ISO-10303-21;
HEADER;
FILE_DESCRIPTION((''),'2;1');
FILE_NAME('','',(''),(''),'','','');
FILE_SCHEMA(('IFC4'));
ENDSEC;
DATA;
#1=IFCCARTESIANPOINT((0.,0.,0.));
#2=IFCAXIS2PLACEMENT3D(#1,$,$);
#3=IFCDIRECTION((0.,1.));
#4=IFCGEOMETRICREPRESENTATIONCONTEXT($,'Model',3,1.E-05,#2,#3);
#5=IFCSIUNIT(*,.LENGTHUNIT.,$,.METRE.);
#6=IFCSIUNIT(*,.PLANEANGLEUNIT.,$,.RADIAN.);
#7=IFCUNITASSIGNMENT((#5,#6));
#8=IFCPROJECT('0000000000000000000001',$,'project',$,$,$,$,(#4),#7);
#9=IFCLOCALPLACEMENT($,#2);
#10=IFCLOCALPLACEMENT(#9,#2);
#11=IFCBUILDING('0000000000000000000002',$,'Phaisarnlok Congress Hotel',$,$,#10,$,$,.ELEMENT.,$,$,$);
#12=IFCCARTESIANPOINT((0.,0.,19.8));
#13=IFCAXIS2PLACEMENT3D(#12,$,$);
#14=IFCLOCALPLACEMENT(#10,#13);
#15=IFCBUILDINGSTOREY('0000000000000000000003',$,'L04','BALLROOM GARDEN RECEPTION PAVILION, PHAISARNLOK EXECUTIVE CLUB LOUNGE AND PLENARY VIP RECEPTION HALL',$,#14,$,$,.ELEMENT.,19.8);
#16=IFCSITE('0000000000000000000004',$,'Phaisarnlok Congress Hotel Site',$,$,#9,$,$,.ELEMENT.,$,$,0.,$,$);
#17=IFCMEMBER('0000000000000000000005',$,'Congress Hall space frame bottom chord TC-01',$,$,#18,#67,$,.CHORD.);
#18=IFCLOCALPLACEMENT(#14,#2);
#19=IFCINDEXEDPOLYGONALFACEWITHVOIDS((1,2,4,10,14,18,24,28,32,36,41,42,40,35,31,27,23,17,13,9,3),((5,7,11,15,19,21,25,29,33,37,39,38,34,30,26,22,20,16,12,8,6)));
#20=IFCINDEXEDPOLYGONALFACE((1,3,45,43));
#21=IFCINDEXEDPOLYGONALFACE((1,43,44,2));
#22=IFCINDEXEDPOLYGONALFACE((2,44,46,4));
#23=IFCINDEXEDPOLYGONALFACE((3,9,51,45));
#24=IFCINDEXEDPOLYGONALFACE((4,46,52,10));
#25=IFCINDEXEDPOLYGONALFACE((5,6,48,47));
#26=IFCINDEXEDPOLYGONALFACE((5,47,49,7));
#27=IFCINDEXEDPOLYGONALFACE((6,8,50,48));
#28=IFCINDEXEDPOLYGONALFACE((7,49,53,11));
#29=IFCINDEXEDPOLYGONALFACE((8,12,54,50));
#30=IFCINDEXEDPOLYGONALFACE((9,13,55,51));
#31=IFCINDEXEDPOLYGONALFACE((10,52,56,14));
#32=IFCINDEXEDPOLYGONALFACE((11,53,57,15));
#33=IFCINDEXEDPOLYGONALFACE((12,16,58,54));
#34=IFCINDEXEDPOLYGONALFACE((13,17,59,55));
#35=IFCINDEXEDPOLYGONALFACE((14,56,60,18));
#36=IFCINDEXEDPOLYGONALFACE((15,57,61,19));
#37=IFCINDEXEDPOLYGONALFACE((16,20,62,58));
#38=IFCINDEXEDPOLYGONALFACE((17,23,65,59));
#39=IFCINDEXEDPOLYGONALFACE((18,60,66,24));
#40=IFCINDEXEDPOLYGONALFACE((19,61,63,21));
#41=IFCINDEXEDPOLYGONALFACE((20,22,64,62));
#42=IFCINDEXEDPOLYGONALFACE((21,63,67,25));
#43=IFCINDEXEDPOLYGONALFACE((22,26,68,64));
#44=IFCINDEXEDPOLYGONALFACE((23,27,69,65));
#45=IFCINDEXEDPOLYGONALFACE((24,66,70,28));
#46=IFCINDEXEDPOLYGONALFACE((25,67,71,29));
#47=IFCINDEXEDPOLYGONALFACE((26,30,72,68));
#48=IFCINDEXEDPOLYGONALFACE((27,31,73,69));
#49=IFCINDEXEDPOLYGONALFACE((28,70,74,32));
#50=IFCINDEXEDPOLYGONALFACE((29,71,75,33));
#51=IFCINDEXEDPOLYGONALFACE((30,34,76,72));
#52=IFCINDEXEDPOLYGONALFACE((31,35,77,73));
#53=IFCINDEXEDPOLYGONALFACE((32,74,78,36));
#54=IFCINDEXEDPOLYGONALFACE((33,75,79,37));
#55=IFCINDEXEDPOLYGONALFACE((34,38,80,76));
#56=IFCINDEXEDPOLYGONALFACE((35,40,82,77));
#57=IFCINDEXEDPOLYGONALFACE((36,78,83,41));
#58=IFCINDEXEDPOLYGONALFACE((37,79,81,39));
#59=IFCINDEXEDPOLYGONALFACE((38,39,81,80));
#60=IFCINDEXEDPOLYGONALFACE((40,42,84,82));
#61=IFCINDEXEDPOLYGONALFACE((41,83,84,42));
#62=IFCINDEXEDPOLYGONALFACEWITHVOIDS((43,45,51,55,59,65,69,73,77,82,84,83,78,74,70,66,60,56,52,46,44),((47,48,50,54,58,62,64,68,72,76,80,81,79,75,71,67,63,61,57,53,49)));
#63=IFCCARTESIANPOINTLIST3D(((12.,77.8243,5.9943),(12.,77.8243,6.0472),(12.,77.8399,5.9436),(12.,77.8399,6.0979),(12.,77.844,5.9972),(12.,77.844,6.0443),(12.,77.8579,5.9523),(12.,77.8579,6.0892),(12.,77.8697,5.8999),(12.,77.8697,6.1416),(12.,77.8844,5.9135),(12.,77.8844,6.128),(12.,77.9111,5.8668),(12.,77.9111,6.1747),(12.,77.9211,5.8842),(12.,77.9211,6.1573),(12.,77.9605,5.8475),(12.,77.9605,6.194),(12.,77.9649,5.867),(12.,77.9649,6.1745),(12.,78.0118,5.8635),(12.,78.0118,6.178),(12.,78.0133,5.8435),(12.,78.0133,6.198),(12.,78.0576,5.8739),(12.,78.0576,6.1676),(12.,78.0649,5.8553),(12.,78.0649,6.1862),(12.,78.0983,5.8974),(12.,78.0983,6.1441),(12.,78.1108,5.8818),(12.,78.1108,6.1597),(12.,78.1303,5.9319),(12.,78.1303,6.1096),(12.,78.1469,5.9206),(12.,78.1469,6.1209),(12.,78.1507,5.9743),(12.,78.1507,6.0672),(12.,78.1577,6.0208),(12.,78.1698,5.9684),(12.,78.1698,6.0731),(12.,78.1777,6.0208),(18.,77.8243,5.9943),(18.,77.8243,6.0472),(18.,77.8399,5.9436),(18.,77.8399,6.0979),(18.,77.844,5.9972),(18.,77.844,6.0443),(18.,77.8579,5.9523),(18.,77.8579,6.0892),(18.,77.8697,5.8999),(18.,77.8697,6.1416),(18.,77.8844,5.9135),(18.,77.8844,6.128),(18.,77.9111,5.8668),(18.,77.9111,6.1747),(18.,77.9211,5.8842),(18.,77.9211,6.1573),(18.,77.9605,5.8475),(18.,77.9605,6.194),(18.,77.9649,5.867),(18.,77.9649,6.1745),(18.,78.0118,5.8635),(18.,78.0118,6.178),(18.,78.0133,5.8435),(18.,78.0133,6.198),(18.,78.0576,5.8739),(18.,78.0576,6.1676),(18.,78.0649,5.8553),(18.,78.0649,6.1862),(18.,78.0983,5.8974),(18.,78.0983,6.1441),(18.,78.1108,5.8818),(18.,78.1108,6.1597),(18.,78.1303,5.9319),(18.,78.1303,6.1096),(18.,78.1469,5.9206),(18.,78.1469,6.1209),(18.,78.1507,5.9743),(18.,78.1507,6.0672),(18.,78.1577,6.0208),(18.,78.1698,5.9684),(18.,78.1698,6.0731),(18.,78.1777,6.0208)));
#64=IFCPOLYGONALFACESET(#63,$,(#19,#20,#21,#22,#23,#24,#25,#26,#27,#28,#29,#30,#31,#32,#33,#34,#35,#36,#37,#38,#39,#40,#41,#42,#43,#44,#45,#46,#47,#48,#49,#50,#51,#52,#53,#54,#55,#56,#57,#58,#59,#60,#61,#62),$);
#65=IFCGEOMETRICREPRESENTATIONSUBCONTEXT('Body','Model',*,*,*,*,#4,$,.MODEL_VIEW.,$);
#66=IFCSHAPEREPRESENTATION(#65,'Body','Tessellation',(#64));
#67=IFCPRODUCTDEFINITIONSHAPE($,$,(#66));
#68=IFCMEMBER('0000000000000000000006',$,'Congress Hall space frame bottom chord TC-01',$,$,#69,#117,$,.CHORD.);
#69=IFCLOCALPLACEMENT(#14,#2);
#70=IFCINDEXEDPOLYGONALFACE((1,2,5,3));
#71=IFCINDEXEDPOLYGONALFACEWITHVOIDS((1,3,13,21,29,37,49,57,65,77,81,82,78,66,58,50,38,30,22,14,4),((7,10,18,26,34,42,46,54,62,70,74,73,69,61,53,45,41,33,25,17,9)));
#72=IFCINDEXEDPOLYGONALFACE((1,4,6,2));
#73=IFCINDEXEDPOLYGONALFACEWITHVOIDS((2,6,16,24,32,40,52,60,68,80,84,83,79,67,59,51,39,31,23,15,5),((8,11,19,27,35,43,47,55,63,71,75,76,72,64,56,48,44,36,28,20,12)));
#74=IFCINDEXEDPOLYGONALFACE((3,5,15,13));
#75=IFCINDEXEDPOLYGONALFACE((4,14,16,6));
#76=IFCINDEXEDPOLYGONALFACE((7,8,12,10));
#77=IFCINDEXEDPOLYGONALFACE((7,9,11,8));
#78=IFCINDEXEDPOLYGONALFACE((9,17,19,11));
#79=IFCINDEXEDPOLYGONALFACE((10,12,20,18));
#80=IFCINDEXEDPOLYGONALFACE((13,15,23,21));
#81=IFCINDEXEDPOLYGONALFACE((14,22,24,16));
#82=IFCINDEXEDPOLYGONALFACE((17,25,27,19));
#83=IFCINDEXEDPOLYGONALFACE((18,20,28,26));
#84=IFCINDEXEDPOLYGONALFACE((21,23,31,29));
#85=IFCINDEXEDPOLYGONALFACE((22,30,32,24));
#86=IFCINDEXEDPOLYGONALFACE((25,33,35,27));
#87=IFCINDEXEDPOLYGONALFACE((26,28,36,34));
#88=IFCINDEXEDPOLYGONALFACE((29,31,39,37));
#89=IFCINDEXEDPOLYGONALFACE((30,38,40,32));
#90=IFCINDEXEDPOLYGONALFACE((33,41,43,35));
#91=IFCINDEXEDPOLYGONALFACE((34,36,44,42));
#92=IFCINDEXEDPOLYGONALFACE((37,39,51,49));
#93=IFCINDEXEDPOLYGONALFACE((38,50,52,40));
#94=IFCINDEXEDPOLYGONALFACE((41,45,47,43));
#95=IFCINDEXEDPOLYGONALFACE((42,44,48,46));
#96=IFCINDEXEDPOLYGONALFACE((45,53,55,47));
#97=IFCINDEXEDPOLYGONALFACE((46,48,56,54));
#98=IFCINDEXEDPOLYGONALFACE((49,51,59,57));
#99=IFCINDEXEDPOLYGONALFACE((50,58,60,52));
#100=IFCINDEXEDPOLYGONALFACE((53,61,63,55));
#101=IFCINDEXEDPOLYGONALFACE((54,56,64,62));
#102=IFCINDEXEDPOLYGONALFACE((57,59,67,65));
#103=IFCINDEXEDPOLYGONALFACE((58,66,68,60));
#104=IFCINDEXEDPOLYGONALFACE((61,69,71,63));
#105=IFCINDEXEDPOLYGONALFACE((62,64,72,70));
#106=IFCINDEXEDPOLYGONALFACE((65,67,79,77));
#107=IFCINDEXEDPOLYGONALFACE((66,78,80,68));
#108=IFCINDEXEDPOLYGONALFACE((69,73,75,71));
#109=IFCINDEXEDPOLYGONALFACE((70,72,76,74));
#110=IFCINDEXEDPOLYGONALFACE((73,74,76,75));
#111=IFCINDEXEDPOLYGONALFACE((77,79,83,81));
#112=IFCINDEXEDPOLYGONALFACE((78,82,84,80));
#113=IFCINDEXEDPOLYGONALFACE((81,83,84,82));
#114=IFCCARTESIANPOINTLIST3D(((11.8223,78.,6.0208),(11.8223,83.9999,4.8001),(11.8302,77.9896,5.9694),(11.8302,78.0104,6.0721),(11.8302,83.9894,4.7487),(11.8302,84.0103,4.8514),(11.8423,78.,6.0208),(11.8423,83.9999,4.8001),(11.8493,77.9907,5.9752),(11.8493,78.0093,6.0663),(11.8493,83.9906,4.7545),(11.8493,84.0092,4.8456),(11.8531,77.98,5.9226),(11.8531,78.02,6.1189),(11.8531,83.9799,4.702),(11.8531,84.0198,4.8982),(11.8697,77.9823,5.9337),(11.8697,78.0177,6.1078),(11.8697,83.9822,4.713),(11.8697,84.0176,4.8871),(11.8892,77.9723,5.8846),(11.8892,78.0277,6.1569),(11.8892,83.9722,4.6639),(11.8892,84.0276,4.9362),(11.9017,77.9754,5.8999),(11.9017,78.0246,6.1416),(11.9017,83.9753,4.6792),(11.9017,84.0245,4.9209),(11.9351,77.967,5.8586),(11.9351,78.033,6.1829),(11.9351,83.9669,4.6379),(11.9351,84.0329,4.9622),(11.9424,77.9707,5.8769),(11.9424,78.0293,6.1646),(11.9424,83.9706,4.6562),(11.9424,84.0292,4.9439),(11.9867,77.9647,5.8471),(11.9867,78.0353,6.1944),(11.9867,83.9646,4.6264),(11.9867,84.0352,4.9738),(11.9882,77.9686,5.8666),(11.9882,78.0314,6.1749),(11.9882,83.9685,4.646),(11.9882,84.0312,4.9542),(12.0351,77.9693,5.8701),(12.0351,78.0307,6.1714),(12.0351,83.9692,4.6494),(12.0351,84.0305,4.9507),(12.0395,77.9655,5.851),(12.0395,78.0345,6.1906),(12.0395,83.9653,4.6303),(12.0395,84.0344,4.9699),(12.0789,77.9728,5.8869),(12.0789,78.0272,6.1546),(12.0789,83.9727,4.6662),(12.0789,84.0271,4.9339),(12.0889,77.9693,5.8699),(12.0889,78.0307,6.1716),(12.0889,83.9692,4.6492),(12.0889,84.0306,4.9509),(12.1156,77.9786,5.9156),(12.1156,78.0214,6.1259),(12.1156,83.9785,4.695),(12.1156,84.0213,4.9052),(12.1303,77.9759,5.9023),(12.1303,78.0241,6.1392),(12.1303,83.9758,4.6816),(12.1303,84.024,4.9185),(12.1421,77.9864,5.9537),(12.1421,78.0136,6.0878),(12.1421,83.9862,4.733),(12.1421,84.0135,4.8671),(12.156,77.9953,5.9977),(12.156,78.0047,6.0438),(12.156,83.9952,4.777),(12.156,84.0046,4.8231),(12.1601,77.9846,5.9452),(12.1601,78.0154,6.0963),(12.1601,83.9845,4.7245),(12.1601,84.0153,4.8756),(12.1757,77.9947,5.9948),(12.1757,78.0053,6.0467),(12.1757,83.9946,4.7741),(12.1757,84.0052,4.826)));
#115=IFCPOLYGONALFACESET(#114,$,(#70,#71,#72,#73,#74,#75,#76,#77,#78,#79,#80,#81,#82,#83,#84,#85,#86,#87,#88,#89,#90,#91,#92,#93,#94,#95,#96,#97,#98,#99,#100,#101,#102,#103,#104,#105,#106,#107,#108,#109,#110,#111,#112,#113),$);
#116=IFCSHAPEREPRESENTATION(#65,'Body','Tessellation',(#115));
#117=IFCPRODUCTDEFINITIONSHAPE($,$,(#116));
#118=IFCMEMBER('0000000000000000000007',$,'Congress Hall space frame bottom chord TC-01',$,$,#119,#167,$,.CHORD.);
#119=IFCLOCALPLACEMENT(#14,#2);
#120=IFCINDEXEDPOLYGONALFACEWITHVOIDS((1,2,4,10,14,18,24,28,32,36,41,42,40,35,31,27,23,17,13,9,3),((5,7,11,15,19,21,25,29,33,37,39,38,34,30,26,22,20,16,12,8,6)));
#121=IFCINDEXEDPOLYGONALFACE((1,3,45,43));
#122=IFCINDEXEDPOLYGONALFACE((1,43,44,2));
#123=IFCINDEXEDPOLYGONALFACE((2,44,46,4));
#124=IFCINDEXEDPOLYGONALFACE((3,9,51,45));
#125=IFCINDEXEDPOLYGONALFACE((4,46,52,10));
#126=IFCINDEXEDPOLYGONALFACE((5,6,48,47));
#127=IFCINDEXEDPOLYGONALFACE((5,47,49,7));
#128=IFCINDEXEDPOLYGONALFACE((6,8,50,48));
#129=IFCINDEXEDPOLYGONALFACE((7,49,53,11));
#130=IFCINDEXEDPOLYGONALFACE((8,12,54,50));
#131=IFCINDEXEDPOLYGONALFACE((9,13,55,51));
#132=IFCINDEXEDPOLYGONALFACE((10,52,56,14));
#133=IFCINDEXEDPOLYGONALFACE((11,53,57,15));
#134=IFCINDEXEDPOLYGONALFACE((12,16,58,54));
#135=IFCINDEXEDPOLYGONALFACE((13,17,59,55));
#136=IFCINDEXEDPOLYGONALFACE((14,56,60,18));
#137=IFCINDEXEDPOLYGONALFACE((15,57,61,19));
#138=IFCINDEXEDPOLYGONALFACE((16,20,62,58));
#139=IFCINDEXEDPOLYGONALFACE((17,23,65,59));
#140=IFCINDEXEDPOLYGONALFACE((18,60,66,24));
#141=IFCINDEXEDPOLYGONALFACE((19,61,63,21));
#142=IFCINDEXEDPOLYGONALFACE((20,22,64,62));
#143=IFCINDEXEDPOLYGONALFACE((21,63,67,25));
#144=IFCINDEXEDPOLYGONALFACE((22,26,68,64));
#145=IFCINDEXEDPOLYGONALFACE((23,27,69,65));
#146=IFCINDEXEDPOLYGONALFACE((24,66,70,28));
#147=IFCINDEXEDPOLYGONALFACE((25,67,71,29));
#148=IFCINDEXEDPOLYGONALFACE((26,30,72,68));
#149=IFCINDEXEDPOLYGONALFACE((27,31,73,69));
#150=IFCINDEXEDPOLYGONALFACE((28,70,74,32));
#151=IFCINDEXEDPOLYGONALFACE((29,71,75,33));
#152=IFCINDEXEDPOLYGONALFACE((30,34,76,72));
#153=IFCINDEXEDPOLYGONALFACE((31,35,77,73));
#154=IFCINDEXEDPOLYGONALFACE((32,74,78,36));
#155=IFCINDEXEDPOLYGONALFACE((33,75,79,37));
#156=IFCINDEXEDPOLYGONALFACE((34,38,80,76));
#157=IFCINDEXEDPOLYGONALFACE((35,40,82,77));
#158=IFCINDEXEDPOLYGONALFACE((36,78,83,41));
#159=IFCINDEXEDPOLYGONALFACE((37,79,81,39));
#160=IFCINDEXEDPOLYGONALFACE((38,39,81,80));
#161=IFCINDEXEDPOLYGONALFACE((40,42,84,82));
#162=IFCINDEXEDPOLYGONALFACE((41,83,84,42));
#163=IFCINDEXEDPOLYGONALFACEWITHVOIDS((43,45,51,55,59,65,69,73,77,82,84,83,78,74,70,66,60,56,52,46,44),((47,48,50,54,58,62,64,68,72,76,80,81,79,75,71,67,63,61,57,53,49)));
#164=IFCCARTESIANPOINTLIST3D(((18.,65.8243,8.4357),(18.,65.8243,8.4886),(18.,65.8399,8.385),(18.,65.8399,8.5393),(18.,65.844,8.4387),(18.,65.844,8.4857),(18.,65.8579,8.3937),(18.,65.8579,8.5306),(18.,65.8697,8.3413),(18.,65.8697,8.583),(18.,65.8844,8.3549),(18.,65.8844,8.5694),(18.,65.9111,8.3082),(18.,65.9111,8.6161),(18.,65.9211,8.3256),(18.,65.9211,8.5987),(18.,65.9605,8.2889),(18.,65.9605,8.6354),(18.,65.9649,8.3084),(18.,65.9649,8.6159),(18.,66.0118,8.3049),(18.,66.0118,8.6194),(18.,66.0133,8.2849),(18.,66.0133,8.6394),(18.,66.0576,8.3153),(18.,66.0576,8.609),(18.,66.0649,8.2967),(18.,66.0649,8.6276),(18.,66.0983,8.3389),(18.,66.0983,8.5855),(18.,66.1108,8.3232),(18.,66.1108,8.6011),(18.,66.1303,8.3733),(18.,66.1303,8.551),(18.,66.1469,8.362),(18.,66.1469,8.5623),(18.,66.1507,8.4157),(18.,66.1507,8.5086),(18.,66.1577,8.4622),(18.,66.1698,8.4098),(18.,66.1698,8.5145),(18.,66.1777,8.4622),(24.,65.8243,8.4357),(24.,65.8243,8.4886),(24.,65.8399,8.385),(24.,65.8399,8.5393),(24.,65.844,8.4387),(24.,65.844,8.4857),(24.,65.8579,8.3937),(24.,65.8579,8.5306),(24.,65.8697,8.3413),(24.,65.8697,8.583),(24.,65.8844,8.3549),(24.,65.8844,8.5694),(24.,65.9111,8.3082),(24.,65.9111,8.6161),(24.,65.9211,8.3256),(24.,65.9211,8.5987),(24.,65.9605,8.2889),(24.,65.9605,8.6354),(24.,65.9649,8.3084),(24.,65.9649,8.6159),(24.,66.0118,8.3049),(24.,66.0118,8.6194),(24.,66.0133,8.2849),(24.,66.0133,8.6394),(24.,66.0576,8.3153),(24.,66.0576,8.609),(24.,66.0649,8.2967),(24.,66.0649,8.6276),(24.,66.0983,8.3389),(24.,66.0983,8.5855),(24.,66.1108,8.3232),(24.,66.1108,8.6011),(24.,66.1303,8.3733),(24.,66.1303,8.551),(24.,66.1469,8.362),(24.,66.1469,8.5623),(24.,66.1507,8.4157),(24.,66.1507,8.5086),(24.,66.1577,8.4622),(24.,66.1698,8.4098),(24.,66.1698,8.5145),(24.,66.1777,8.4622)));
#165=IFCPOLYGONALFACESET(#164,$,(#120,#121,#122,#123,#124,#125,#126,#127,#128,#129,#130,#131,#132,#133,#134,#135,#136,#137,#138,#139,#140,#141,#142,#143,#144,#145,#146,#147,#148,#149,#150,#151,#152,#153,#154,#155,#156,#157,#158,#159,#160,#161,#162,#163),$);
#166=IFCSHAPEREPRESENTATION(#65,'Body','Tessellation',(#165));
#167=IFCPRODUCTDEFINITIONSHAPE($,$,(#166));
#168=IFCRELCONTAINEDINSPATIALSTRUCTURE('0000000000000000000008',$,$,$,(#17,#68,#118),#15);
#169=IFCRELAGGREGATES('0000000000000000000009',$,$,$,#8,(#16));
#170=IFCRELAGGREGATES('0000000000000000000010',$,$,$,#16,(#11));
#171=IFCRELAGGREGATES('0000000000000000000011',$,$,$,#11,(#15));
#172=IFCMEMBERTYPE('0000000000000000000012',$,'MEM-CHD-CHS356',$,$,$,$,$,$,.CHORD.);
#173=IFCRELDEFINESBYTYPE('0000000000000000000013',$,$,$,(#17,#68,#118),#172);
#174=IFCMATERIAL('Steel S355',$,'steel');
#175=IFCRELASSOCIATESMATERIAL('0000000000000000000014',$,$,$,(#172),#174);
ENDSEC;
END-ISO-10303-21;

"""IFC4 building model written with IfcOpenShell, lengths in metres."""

from ifc_helpers import new_model, si_unit, direction, frame, origin, origin_2d, place, context, subcontext, project, spatial, hollow_circle, extrude, material, material_profile, profile_set, type_object, element, save


model = new_model("IFC4")

# Units and contexts
model_context = context("Model", 3, precision=1e-05, world=origin(), true_north=direction((0.0, 1.0)))
body_context = subcontext(model_context, "Body", "Model", "MODEL_VIEW")
ifc_project = project(units=[si_unit("LENGTHUNIT", "METRE"), si_unit("PLANEANGLEUNIT", "RADIAN")], contexts=[model_context])

# Site, building, storey
site_placement = place(None, origin())
site = spatial("IfcSite", under=ifc_project, at=site_placement, Name="Phaisarnlok Congress Hotel Site", CompositionType="ELEMENT", RefElevation=0.0)
building_placement = place(site_placement, origin())
building = spatial("IfcBuilding", under=site, at=building_placement, Name="Phaisarnlok Congress Hotel", CompositionType="ELEMENT")
storey_placement = place(building_placement, frame((0.0, 0.0, 19.8)))
storey = spatial("IfcBuildingStorey", under=building, at=storey_placement, Name="L04", Description="BALLROOM GARDEN RECEPTION PAVILION, PHAISARNLOK EXECUTIVE CLUB LOUNGE AND PLENARY VIP RECEPTION HALL", CompositionType="ELEMENT", Elevation=19.8)

# Members
ifc_material = material(Name="Steel S355", Category="steel")
ifc_material_profile_1 = material_profile(ifc_material, hollow_circle(Radius=0.1777, WallThickness=0.02, at=origin_2d()), Name="CHS 355.6x20")
ifc_profile_set_1 = profile_set([ifc_material_profile_1], Name="Steel S355")
member_type_1 = type_object("IfcMemberType", Name="MEM-CHD-CHS356", PredefinedType="CHORD", material=ifc_profile_set_1)
member_1_placement = place(storey_placement, frame((12.0, 78.0, 6.0208), z_axis=(1.0, 0.0, 0.0), x_axis=(0.0, 1.0, 0.0)))
element("IfcMember", 1, at=member_1_placement, inside=storey, type_object=member_type_1, Name="Congress Hall space frame bottom chord TC-01", PredefinedType="CHORD", context=body_context, shape_type="SweptSolid", body=[
    extrude(hollow_circle(Radius=0.1777, WallThickness=0.02, at=origin_2d()), origin(), (0.0, 0.0, 1.0), 6.0),
])
member_2_placement = place(storey_placement, frame((12.0, 78.0, 6.0208), z_axis=(0.0, 0.979925, -0.199366), x_axis=(-1.0, 0.0, 0.0)))
element("IfcMember", 2, at=member_2_placement, inside=storey, type_object=member_type_1, Name="Congress Hall space frame bottom chord TC-01", PredefinedType="CHORD", context=body_context, shape_type="SweptSolid", body=[
    extrude(hollow_circle(Radius=0.1777, WallThickness=0.02, at=origin_2d()), origin(), (0.0, 0.0, 1.0), 6.1228),
])
member_3_placement = place(storey_placement, frame((18.0, 66.0, 8.4622), z_axis=(1.0, 0.0, 0.0), x_axis=(0.0, 1.0, 0.0)))
element("IfcMember", 3, at=member_3_placement, inside=storey, type_object=member_type_1, Name="Congress Hall space frame bottom chord TC-01", PredefinedType="CHORD", context=body_context, shape_type="SweptSolid", body=[
    extrude(hollow_circle(Radius=0.1777, WallThickness=0.02, at=origin_2d()), origin(), (0.0, 0.0, 1.0), 6.0),
])

save(model, "model.ifc")
